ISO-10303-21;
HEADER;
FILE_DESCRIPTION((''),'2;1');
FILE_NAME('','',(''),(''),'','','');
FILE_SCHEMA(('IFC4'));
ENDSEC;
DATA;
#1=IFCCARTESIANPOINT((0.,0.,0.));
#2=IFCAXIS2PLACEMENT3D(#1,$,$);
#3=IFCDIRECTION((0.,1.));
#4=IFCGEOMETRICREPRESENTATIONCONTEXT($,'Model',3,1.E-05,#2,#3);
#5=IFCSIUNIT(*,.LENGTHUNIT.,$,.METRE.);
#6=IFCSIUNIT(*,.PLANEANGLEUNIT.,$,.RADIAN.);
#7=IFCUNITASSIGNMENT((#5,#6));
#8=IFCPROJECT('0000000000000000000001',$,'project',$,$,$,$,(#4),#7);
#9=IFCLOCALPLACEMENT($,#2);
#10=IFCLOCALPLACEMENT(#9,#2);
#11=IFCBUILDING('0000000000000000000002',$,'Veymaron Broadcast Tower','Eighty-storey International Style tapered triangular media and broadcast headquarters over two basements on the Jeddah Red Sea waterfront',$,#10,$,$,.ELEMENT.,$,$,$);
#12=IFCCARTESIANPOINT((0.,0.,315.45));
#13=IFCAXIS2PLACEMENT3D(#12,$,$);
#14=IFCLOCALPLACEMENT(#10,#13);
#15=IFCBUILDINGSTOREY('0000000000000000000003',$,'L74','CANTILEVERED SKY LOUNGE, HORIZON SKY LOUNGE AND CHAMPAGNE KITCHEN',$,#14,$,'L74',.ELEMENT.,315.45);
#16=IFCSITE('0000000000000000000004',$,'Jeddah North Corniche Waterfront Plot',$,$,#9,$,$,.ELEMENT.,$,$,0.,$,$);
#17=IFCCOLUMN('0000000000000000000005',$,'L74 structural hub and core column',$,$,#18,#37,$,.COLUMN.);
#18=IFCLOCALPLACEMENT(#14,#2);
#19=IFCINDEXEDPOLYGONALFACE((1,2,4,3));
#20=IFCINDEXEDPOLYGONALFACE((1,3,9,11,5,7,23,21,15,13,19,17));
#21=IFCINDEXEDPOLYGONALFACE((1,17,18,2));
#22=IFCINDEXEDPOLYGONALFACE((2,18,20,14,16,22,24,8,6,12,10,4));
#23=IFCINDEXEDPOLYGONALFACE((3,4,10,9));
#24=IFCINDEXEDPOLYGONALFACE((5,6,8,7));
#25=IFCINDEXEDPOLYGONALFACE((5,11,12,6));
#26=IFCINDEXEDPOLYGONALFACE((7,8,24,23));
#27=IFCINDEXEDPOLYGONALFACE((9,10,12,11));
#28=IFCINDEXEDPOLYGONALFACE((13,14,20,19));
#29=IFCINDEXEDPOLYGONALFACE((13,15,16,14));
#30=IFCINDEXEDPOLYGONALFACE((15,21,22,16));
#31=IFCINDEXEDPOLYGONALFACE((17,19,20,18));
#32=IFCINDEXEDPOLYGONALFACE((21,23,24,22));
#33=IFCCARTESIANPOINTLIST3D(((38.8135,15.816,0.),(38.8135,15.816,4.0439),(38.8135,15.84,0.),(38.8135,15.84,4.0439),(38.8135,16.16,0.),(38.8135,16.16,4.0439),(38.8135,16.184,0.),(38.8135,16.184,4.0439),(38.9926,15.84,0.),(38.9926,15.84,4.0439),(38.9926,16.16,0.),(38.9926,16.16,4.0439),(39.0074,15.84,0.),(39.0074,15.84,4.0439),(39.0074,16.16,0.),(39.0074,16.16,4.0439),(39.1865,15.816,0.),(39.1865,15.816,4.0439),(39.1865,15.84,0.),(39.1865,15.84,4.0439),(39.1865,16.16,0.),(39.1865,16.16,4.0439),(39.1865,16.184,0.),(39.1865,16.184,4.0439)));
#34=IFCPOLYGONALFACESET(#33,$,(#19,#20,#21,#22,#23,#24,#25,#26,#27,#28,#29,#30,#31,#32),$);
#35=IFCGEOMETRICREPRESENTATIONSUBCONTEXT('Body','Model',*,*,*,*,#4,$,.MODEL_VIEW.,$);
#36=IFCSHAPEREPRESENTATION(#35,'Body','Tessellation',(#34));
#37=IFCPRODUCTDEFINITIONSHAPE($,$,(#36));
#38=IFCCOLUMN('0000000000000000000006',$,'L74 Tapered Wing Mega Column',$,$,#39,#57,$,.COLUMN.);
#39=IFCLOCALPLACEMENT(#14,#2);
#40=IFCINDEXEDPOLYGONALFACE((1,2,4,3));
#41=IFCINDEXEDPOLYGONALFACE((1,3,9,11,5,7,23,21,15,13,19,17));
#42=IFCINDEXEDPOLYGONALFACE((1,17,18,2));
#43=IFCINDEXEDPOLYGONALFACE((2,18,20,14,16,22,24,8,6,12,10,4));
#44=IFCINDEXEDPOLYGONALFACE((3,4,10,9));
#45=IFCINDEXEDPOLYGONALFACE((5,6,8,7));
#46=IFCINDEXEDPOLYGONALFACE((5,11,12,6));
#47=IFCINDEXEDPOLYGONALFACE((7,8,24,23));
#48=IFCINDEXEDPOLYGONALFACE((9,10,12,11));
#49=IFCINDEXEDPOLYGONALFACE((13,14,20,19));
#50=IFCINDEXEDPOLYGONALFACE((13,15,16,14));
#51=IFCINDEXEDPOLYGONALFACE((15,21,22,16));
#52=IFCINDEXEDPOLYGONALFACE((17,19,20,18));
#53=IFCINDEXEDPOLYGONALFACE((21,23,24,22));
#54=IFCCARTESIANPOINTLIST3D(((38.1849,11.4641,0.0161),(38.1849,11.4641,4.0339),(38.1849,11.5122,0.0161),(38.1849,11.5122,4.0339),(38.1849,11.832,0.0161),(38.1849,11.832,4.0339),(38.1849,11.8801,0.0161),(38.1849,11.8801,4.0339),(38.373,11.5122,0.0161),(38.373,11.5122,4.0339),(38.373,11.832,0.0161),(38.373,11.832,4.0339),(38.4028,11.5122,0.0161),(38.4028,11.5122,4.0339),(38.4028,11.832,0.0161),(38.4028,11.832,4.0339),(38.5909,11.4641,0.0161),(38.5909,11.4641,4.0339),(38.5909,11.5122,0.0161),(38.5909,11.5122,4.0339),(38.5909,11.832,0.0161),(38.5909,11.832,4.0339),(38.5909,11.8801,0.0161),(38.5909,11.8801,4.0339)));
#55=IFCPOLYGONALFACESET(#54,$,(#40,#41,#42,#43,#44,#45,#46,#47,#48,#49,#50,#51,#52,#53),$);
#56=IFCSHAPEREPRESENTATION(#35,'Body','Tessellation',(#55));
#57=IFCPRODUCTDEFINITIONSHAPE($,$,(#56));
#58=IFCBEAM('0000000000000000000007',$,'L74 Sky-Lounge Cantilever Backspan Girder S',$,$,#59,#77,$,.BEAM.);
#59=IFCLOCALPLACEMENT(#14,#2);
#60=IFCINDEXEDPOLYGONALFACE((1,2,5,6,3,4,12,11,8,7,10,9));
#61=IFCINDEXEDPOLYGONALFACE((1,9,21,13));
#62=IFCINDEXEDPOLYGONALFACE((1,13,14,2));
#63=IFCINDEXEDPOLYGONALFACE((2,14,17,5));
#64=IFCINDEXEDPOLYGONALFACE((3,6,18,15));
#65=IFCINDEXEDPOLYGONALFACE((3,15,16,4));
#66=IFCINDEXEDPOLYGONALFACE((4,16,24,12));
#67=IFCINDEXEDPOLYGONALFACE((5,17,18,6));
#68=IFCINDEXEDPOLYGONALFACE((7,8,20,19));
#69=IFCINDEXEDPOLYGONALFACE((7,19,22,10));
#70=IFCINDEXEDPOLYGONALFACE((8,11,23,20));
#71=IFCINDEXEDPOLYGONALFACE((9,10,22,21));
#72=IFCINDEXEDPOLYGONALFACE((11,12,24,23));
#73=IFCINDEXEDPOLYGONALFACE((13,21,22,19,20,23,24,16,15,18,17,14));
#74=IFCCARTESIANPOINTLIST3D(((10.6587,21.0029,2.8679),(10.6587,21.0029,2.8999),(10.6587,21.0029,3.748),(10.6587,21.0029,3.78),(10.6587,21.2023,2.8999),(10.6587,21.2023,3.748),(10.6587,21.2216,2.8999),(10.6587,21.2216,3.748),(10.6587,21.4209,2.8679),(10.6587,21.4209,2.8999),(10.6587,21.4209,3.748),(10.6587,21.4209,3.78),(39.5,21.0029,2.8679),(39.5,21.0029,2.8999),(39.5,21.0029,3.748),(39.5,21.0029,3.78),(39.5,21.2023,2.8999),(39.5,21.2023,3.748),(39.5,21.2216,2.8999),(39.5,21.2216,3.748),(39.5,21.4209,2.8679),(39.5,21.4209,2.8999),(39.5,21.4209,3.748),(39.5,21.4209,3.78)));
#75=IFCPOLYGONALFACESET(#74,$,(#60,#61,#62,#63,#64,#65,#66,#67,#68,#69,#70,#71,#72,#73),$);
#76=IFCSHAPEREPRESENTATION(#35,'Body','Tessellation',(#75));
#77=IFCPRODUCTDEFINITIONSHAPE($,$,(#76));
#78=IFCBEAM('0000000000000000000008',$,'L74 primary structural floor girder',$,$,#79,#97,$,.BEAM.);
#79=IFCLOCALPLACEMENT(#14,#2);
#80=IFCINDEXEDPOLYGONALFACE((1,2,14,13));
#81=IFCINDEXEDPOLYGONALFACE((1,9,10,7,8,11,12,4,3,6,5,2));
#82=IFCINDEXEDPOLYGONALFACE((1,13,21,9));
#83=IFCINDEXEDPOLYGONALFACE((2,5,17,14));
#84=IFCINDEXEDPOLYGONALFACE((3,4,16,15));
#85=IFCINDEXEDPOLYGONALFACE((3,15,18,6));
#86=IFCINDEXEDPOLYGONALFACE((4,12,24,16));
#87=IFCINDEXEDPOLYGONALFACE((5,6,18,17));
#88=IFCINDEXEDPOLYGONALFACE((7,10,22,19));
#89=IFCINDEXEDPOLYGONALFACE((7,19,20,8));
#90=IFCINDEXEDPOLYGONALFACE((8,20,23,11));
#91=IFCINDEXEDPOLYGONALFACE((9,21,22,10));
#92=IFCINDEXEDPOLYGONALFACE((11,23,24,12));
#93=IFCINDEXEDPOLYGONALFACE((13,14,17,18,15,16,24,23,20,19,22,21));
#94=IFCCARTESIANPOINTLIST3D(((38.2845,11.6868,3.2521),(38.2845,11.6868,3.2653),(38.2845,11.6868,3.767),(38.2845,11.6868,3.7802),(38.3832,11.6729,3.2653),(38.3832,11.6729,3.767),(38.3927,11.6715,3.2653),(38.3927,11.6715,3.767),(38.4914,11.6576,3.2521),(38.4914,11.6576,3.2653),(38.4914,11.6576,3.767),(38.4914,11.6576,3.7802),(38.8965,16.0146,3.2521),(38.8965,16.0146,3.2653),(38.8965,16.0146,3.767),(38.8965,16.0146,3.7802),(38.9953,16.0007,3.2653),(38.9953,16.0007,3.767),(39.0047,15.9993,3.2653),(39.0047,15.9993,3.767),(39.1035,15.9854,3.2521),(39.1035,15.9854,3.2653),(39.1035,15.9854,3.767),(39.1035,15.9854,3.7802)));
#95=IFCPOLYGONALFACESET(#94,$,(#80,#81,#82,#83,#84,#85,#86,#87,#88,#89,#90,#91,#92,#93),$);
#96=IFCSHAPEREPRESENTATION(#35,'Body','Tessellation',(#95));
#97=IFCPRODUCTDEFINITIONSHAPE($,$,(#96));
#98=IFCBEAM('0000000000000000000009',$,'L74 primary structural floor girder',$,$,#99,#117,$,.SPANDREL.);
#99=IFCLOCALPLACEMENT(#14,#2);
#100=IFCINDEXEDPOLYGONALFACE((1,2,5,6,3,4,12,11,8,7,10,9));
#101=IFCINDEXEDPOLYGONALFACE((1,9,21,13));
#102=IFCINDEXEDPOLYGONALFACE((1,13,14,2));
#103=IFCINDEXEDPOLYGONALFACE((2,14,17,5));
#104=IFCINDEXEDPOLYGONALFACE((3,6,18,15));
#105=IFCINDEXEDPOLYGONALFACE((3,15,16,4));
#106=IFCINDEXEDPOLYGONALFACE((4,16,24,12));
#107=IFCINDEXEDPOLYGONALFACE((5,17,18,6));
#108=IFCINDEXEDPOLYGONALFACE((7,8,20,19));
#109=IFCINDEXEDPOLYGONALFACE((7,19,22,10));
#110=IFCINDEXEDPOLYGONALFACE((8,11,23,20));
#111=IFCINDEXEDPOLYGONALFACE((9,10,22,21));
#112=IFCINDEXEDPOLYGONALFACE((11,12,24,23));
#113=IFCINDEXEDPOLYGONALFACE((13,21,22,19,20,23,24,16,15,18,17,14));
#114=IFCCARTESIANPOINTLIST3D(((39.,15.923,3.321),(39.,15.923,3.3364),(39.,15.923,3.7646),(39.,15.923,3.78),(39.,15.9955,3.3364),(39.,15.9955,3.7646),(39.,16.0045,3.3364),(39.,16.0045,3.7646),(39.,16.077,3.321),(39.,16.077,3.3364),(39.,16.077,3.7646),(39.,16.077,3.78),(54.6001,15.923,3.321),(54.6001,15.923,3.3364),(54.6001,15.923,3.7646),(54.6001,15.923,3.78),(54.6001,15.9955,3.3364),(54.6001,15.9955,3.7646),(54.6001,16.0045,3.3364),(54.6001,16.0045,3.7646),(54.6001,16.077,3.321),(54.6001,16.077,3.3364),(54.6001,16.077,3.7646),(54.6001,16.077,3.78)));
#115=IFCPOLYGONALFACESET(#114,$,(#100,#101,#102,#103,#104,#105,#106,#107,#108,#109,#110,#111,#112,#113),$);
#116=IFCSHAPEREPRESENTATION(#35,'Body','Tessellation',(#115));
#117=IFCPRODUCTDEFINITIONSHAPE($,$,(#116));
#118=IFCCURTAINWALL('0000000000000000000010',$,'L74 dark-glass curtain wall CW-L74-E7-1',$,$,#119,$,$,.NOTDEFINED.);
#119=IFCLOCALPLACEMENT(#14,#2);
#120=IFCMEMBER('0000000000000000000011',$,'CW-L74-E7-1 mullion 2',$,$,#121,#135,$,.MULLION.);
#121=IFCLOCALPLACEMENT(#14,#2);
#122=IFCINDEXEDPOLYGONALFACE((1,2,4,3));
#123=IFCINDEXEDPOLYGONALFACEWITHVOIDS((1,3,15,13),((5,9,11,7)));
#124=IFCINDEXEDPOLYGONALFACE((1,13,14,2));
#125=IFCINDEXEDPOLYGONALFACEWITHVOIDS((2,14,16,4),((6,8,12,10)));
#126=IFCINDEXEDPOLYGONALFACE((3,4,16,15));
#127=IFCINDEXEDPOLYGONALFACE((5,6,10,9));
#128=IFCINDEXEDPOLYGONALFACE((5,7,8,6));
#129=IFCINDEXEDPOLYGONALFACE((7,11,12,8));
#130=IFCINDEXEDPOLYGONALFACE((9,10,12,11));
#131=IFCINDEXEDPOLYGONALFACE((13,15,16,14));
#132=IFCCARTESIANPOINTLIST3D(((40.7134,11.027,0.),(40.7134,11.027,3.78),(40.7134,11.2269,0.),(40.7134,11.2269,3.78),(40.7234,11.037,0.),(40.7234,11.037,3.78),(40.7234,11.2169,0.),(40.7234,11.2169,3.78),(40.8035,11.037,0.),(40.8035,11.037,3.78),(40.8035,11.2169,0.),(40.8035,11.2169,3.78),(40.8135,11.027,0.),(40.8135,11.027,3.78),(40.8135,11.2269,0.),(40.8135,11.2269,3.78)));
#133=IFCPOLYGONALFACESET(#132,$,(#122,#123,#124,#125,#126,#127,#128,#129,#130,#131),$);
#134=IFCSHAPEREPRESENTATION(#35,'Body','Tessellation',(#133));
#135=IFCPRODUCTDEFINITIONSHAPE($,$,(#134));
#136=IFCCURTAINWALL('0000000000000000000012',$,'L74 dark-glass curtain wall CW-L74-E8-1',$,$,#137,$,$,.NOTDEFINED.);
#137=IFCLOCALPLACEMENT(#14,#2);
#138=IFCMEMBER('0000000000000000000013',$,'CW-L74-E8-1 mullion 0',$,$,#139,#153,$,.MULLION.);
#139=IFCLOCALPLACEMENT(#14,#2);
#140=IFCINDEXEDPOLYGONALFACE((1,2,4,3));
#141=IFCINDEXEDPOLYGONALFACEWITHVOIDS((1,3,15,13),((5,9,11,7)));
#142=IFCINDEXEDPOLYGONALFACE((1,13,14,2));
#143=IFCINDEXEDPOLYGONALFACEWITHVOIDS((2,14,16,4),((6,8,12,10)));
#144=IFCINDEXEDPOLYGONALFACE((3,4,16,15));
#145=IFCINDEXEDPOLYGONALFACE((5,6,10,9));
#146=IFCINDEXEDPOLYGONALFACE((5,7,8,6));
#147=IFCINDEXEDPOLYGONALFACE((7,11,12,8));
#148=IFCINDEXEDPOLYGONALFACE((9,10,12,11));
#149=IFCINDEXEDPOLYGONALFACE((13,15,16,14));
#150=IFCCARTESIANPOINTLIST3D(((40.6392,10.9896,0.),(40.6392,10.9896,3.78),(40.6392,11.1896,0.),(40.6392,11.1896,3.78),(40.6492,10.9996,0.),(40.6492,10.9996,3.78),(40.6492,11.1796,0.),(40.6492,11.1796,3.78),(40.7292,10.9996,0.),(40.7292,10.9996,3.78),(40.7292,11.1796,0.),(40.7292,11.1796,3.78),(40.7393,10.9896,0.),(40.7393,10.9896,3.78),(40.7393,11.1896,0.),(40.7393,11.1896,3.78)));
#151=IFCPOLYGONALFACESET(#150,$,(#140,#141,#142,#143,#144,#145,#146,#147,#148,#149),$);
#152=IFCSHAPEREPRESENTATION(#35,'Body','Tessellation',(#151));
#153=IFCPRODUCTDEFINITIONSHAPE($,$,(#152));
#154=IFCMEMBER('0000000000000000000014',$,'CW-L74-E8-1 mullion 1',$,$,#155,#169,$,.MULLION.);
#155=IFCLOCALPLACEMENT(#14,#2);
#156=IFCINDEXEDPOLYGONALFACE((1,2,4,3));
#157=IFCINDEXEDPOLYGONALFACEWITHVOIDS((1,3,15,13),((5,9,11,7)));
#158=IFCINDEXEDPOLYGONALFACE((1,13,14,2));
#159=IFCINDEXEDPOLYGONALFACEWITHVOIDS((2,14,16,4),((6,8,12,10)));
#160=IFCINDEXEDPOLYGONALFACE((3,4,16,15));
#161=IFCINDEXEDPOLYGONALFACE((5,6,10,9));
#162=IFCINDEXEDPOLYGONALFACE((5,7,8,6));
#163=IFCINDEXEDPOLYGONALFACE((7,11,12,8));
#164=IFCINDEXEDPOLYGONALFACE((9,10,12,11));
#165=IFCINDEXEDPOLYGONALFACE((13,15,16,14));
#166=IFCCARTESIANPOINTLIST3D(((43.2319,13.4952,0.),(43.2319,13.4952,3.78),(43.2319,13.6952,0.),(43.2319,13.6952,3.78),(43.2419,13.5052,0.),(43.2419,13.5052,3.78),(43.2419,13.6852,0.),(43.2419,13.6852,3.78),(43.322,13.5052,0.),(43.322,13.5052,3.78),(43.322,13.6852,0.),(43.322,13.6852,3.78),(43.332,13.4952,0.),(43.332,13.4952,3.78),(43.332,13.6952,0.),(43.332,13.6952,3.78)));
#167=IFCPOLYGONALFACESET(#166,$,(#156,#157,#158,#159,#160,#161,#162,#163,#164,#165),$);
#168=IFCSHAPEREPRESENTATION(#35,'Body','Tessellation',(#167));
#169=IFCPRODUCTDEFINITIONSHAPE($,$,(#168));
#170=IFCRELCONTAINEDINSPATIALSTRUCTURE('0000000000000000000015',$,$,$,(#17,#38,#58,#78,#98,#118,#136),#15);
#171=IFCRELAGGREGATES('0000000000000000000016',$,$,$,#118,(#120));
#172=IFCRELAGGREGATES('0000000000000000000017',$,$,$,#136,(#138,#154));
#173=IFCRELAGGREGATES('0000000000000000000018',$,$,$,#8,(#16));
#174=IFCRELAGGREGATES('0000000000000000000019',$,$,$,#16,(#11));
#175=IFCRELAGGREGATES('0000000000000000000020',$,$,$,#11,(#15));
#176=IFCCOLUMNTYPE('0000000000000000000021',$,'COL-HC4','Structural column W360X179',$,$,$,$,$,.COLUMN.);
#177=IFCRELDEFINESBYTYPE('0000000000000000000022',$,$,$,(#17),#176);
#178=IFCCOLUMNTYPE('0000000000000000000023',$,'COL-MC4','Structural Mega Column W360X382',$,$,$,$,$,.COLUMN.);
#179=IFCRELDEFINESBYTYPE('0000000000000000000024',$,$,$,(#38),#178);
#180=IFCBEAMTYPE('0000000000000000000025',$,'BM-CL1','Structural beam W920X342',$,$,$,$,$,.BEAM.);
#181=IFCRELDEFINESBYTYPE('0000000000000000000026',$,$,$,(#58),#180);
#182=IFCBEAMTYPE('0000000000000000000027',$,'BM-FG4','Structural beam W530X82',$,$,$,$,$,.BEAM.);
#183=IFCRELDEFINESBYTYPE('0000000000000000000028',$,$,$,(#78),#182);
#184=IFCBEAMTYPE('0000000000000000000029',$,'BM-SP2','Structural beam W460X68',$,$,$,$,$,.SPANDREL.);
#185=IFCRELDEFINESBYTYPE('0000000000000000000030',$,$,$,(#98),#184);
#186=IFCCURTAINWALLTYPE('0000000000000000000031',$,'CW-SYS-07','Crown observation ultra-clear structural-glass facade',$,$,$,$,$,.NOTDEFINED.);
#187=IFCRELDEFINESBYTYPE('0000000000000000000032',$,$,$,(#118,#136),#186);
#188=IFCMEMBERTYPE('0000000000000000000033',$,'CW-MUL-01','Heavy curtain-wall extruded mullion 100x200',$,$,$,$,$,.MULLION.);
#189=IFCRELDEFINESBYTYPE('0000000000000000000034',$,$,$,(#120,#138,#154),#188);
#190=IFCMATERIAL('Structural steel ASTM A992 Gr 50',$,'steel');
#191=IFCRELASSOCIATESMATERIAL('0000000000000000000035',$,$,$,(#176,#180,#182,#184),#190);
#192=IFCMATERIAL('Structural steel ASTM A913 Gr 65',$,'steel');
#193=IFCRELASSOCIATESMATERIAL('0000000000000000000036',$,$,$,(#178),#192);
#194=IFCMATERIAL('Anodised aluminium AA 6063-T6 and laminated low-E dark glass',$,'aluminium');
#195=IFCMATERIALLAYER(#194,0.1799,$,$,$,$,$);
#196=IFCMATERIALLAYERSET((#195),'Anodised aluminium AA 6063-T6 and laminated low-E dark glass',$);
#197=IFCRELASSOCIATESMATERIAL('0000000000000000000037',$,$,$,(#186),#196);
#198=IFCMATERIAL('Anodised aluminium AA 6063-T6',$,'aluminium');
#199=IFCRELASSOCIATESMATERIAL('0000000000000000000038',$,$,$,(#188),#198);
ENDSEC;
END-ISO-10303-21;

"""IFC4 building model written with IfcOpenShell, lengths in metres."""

from ifc_helpers import new_model, si_unit, direction, frame, origin, origin_2d, place, context, subcontext, project, spatial, hollow_rectangle, i_section, extrude, material, layer, layer_set, material_profile, profile_set, type_object, element, aggregate, save


model = new_model("IFC4")

# Units and contexts
model_context = context("Model", 3, precision=1e-05, world=origin(), true_north=direction((0.0, 1.0)))
body_context = subcontext(model_context, "Body", "Model", "MODEL_VIEW")
ifc_project = project(units=[si_unit("LENGTHUNIT", "METRE"), si_unit("PLANEANGLEUNIT", "RADIAN")], contexts=[model_context])

# Site, building, storey
site_placement = place(None, origin())
site = spatial("IfcSite", under=ifc_project, at=site_placement, Name="Jeddah North Corniche Waterfront Plot", CompositionType="ELEMENT", RefElevation=0.0)
building_placement = place(site_placement, origin())
building = spatial("IfcBuilding", under=site, at=building_placement, Name="Veymaron Broadcast Tower", Description="Eighty-storey International Style tapered triangular media and broadcast headquarters over two basements on the Jeddah Red Sea waterfront", CompositionType="ELEMENT")
storey_placement = place(building_placement, frame((0.0, 0.0, 315.45)))
storey = spatial("IfcBuildingStorey", under=building, at=storey_placement, Name="L74", Description="CANTILEVERED SKY LOUNGE, HORIZON SKY LOUNGE AND CHAMPAGNE KITCHEN", LongName="L74", CompositionType="ELEMENT", Elevation=315.45)

# Columns
ifc_material_1 = material(Name="Structural steel ASTM A992 Gr 50", Category="steel")
ifc_material_profile_1 = material_profile(ifc_material_1, i_section(OverallWidth=0.373, OverallDepth=0.3679, WebThickness=0.0149, FlangeThickness=0.0239, at=origin_2d()), Name="W360X179")
ifc_profile_set_1 = profile_set([ifc_material_profile_1], Name="Structural steel ASTM A992 Gr 50")
column_type_1 = type_object("IfcColumnType", Name="COL-HC4", Description="Structural column W360X179", PredefinedType="COLUMN", material=ifc_profile_set_1)
column_1_placement = place(storey_placement, frame((39.0, 16.0, 0.0), z_axis=(0.0, 0.0, 1.0), x_axis=(1.0, 0.0, 0.0)))
element("IfcColumn", 1, at=column_1_placement, inside=storey, type_object=column_type_1, Name="L74 structural hub and core column", PredefinedType="COLUMN", context=body_context, shape_type="SweptSolid", body=[
    extrude(i_section(OverallWidth=0.373, OverallDepth=0.3679, WebThickness=0.0149, FlangeThickness=0.0239, at=origin_2d()), origin(), (0.0, 0.0, 1.0), 4.0439),
])
ifc_material_2 = material(Name="Structural steel ASTM A913 Gr 65", Category="steel")
ifc_material_profile_2 = material_profile(ifc_material_2, i_section(OverallWidth=0.406, OverallDepth=0.416, WebThickness=0.0298, FlangeThickness=0.0481, at=origin_2d()), Name="W360X382")
ifc_profile_set_2 = profile_set([ifc_material_profile_2], Name="Structural steel ASTM A913 Gr 65")
column_type_2 = type_object("IfcColumnType", Name="COL-MC4", Description="Structural Mega Column W360X382", PredefinedType="COLUMN", material=ifc_profile_set_2)
column_2_placement = place(storey_placement, frame((38.3879, 11.6721, 0.0161), z_axis=(0.0, 0.0, 1.0), x_axis=(1.0, 0.0, 0.0)))
element("IfcColumn", 2, at=column_2_placement, inside=storey, type_object=column_type_2, Name="L74 Tapered Wing Mega Column", PredefinedType="COLUMN", context=body_context, shape_type="SweptSolid", body=[
    extrude(i_section(OverallWidth=0.406, OverallDepth=0.416, WebThickness=0.0298, FlangeThickness=0.0481, at=origin_2d()), origin(), (0.0, 0.0, 1.0), 4.0178),
])

# Beams
ifc_material_profile_3 = material_profile(ifc_material_1, i_section(OverallWidth=0.418, OverallDepth=0.9121, WebThickness=0.0193, FlangeThickness=0.032, at=origin_2d()), Name="W920X342")
ifc_profile_set_3 = profile_set([ifc_material_profile_3], Name="Structural steel ASTM A992 Gr 50")
beam_type_1 = type_object("IfcBeamType", Name="BM-CL1", Description="Structural beam W920X342", PredefinedType="BEAM", material=ifc_profile_set_3)
beam_1_placement = place(storey_placement, frame((39.5, 21.2119, 3.324), z_axis=(-1.0, 0.0, 0.0), x_axis=(0.0, -1.0, 0.0)))
element("IfcBeam", 3, at=beam_1_placement, inside=storey, type_object=beam_type_1, Name="L74 Sky-Lounge Cantilever Backspan Girder S", PredefinedType="BEAM", context=body_context, shape_type="SweptSolid", body=[
    extrude(i_section(OverallWidth=0.418, OverallDepth=0.9121, WebThickness=0.0193, FlangeThickness=0.032, at=origin_2d()), origin(), (0.0, 0.0, 1.0), 28.8413),
])
ifc_material_profile_4 = material_profile(ifc_material_1, i_section(OverallWidth=0.209, OverallDepth=0.5281, WebThickness=0.0095, FlangeThickness=0.0132, at=origin_2d()), Name="W530X82")
ifc_profile_set_4 = profile_set([ifc_material_profile_4], Name="Structural steel ASTM A992 Gr 50")
beam_type_2 = type_object("IfcBeamType", Name="BM-FG4", Description="Structural beam W530X82", PredefinedType="BEAM", material=ifc_profile_set_4)
beam_2_placement = place(storey_placement, frame((39.0, 16.0, 3.5161), z_axis=(-0.140029, -0.990147, 0.0), x_axis=(0.990147, -0.140029, 0.0)))
element("IfcBeam", 4, at=beam_2_placement, inside=storey, type_object=beam_type_2, Name="L74 primary structural floor girder", PredefinedType="BEAM", context=body_context, shape_type="SweptSolid", body=[
    extrude(i_section(OverallWidth=0.209, OverallDepth=0.5281, WebThickness=0.0095, FlangeThickness=0.0132, at=origin_2d()), origin(), (0.0, 0.0, 1.0), 4.3708),
])
ifc_material_profile_5 = material_profile(ifc_material_1, i_section(OverallWidth=0.1541, OverallDepth=0.459, WebThickness=0.009, FlangeThickness=0.0154, at=origin_2d()), Name="W460X68")
ifc_profile_set_5 = profile_set([ifc_material_profile_5], Name="Structural steel ASTM A992 Gr 50")
beam_type_3 = type_object("IfcBeamType", Name="BM-SP2", Description="Structural beam W460X68", PredefinedType="SPANDREL", material=ifc_profile_set_5)
beam_3_placement = place(storey_placement, frame((39.0, 16.0, 3.5505), z_axis=(1.0, 0.0, 0.0), x_axis=(0.0, 1.0, 0.0)))
element("IfcBeam", 5, at=beam_3_placement, inside=storey, type_object=beam_type_3, Name="L74 primary structural floor girder", PredefinedType="SPANDREL", context=body_context, shape_type="SweptSolid", body=[
    extrude(i_section(OverallWidth=0.1541, OverallDepth=0.459, WebThickness=0.009, FlangeThickness=0.0154, at=origin_2d()), origin(), (0.0, 0.0, 1.0), 15.6001),
])

# Curtain wall, member
ifc_material_3 = material(Name="Anodised aluminium AA 6063-T6 and laminated low-E dark glass", Category="aluminium")
ifc_layer_1 = layer(ifc_material_3, 0.1799)
ifc_layer_set_1 = layer_set([ifc_layer_1], Name="Anodised aluminium AA 6063-T6 and laminated low-E dark glass")
curtain_wall_type = type_object("IfcCurtainWallType", Name="CW-SYS-07", Description="Crown observation ultra-clear structural-glass facade", PredefinedType="NOTDEFINED", material=ifc_layer_set_1)
curtain_wall_1_placement = place(storey_placement, origin())
curtain_wall_1 = element("IfcCurtainWall", 6, at=curtain_wall_1_placement, inside=storey, type_object=curtain_wall_type, Name="L74 dark-glass curtain wall CW-L74-E7-1", PredefinedType="NOTDEFINED")
ifc_material_4 = material(Name="Anodised aluminium AA 6063-T6", Category="aluminium")
ifc_material_profile_6 = material_profile(ifc_material_4, hollow_rectangle(XDim=0.1001, YDim=0.2, WallThickness=0.01, at=origin_2d()), Name="RHS200X100X10")
ifc_profile_set_6 = profile_set([ifc_material_profile_6], Name="Anodised aluminium AA 6063-T6")
member_type_1 = type_object("IfcMemberType", Name="CW-MUL-01", Description="Heavy curtain-wall extruded mullion 100x200", PredefinedType="MULLION", material=ifc_profile_set_6)
member_1_placement = place(storey_placement, frame((40.7634, 11.127, 0.0), z_axis=(0.0, 0.0, 1.0), x_axis=(1.0, 0.0, 0.0)))
member_1 = element("IfcMember", 7, at=member_1_placement, type_object=member_type_1, Name="CW-L74-E7-1 mullion 2", PredefinedType="MULLION", context=body_context, shape_type="SweptSolid", body=[
    extrude(hollow_rectangle(XDim=0.1001, YDim=0.2, WallThickness=0.01, at=origin_2d()), origin(), (0.0, 0.0, 1.0), 3.78),
])

# Curtain wall, members
curtain_wall_2_placement = place(storey_placement, origin())
curtain_wall_2 = element("IfcCurtainWall", 8, at=curtain_wall_2_placement, inside=storey, type_object=curtain_wall_type, Name="L74 dark-glass curtain wall CW-L74-E8-1", PredefinedType="NOTDEFINED")
member_2_placement = place(storey_placement, frame((40.6892, 11.0896, 0.0), z_axis=(0.0, 0.0, 1.0), x_axis=(1.0, 0.0, 0.0)))
member_2 = element("IfcMember", 9, at=member_2_placement, type_object=member_type_1, Name="CW-L74-E8-1 mullion 0", PredefinedType="MULLION", context=body_context, shape_type="SweptSolid", body=[
    extrude(hollow_rectangle(XDim=0.1001, YDim=0.2, WallThickness=0.01, at=origin_2d()), origin(), (0.0, 0.0, 1.0), 3.78),
])
member_3_placement = place(storey_placement, frame((43.282, 13.5952, 0.0), z_axis=(0.0, 0.0, 1.0), x_axis=(1.0, 0.0, 0.0)))
member_3 = element("IfcMember", 10, at=member_3_placement, type_object=member_type_1, Name="CW-L74-E8-1 mullion 1", PredefinedType="MULLION", context=body_context, shape_type="SweptSolid", body=[
    extrude(hollow_rectangle(XDim=0.1001, YDim=0.2, WallThickness=0.01, at=origin_2d()), origin(), (0.0, 0.0, 1.0), 3.78),
])

aggregate(curtain_wall_1, [member_1])
aggregate(curtain_wall_2, [member_2, member_3])

save(model, "model.ifc")
